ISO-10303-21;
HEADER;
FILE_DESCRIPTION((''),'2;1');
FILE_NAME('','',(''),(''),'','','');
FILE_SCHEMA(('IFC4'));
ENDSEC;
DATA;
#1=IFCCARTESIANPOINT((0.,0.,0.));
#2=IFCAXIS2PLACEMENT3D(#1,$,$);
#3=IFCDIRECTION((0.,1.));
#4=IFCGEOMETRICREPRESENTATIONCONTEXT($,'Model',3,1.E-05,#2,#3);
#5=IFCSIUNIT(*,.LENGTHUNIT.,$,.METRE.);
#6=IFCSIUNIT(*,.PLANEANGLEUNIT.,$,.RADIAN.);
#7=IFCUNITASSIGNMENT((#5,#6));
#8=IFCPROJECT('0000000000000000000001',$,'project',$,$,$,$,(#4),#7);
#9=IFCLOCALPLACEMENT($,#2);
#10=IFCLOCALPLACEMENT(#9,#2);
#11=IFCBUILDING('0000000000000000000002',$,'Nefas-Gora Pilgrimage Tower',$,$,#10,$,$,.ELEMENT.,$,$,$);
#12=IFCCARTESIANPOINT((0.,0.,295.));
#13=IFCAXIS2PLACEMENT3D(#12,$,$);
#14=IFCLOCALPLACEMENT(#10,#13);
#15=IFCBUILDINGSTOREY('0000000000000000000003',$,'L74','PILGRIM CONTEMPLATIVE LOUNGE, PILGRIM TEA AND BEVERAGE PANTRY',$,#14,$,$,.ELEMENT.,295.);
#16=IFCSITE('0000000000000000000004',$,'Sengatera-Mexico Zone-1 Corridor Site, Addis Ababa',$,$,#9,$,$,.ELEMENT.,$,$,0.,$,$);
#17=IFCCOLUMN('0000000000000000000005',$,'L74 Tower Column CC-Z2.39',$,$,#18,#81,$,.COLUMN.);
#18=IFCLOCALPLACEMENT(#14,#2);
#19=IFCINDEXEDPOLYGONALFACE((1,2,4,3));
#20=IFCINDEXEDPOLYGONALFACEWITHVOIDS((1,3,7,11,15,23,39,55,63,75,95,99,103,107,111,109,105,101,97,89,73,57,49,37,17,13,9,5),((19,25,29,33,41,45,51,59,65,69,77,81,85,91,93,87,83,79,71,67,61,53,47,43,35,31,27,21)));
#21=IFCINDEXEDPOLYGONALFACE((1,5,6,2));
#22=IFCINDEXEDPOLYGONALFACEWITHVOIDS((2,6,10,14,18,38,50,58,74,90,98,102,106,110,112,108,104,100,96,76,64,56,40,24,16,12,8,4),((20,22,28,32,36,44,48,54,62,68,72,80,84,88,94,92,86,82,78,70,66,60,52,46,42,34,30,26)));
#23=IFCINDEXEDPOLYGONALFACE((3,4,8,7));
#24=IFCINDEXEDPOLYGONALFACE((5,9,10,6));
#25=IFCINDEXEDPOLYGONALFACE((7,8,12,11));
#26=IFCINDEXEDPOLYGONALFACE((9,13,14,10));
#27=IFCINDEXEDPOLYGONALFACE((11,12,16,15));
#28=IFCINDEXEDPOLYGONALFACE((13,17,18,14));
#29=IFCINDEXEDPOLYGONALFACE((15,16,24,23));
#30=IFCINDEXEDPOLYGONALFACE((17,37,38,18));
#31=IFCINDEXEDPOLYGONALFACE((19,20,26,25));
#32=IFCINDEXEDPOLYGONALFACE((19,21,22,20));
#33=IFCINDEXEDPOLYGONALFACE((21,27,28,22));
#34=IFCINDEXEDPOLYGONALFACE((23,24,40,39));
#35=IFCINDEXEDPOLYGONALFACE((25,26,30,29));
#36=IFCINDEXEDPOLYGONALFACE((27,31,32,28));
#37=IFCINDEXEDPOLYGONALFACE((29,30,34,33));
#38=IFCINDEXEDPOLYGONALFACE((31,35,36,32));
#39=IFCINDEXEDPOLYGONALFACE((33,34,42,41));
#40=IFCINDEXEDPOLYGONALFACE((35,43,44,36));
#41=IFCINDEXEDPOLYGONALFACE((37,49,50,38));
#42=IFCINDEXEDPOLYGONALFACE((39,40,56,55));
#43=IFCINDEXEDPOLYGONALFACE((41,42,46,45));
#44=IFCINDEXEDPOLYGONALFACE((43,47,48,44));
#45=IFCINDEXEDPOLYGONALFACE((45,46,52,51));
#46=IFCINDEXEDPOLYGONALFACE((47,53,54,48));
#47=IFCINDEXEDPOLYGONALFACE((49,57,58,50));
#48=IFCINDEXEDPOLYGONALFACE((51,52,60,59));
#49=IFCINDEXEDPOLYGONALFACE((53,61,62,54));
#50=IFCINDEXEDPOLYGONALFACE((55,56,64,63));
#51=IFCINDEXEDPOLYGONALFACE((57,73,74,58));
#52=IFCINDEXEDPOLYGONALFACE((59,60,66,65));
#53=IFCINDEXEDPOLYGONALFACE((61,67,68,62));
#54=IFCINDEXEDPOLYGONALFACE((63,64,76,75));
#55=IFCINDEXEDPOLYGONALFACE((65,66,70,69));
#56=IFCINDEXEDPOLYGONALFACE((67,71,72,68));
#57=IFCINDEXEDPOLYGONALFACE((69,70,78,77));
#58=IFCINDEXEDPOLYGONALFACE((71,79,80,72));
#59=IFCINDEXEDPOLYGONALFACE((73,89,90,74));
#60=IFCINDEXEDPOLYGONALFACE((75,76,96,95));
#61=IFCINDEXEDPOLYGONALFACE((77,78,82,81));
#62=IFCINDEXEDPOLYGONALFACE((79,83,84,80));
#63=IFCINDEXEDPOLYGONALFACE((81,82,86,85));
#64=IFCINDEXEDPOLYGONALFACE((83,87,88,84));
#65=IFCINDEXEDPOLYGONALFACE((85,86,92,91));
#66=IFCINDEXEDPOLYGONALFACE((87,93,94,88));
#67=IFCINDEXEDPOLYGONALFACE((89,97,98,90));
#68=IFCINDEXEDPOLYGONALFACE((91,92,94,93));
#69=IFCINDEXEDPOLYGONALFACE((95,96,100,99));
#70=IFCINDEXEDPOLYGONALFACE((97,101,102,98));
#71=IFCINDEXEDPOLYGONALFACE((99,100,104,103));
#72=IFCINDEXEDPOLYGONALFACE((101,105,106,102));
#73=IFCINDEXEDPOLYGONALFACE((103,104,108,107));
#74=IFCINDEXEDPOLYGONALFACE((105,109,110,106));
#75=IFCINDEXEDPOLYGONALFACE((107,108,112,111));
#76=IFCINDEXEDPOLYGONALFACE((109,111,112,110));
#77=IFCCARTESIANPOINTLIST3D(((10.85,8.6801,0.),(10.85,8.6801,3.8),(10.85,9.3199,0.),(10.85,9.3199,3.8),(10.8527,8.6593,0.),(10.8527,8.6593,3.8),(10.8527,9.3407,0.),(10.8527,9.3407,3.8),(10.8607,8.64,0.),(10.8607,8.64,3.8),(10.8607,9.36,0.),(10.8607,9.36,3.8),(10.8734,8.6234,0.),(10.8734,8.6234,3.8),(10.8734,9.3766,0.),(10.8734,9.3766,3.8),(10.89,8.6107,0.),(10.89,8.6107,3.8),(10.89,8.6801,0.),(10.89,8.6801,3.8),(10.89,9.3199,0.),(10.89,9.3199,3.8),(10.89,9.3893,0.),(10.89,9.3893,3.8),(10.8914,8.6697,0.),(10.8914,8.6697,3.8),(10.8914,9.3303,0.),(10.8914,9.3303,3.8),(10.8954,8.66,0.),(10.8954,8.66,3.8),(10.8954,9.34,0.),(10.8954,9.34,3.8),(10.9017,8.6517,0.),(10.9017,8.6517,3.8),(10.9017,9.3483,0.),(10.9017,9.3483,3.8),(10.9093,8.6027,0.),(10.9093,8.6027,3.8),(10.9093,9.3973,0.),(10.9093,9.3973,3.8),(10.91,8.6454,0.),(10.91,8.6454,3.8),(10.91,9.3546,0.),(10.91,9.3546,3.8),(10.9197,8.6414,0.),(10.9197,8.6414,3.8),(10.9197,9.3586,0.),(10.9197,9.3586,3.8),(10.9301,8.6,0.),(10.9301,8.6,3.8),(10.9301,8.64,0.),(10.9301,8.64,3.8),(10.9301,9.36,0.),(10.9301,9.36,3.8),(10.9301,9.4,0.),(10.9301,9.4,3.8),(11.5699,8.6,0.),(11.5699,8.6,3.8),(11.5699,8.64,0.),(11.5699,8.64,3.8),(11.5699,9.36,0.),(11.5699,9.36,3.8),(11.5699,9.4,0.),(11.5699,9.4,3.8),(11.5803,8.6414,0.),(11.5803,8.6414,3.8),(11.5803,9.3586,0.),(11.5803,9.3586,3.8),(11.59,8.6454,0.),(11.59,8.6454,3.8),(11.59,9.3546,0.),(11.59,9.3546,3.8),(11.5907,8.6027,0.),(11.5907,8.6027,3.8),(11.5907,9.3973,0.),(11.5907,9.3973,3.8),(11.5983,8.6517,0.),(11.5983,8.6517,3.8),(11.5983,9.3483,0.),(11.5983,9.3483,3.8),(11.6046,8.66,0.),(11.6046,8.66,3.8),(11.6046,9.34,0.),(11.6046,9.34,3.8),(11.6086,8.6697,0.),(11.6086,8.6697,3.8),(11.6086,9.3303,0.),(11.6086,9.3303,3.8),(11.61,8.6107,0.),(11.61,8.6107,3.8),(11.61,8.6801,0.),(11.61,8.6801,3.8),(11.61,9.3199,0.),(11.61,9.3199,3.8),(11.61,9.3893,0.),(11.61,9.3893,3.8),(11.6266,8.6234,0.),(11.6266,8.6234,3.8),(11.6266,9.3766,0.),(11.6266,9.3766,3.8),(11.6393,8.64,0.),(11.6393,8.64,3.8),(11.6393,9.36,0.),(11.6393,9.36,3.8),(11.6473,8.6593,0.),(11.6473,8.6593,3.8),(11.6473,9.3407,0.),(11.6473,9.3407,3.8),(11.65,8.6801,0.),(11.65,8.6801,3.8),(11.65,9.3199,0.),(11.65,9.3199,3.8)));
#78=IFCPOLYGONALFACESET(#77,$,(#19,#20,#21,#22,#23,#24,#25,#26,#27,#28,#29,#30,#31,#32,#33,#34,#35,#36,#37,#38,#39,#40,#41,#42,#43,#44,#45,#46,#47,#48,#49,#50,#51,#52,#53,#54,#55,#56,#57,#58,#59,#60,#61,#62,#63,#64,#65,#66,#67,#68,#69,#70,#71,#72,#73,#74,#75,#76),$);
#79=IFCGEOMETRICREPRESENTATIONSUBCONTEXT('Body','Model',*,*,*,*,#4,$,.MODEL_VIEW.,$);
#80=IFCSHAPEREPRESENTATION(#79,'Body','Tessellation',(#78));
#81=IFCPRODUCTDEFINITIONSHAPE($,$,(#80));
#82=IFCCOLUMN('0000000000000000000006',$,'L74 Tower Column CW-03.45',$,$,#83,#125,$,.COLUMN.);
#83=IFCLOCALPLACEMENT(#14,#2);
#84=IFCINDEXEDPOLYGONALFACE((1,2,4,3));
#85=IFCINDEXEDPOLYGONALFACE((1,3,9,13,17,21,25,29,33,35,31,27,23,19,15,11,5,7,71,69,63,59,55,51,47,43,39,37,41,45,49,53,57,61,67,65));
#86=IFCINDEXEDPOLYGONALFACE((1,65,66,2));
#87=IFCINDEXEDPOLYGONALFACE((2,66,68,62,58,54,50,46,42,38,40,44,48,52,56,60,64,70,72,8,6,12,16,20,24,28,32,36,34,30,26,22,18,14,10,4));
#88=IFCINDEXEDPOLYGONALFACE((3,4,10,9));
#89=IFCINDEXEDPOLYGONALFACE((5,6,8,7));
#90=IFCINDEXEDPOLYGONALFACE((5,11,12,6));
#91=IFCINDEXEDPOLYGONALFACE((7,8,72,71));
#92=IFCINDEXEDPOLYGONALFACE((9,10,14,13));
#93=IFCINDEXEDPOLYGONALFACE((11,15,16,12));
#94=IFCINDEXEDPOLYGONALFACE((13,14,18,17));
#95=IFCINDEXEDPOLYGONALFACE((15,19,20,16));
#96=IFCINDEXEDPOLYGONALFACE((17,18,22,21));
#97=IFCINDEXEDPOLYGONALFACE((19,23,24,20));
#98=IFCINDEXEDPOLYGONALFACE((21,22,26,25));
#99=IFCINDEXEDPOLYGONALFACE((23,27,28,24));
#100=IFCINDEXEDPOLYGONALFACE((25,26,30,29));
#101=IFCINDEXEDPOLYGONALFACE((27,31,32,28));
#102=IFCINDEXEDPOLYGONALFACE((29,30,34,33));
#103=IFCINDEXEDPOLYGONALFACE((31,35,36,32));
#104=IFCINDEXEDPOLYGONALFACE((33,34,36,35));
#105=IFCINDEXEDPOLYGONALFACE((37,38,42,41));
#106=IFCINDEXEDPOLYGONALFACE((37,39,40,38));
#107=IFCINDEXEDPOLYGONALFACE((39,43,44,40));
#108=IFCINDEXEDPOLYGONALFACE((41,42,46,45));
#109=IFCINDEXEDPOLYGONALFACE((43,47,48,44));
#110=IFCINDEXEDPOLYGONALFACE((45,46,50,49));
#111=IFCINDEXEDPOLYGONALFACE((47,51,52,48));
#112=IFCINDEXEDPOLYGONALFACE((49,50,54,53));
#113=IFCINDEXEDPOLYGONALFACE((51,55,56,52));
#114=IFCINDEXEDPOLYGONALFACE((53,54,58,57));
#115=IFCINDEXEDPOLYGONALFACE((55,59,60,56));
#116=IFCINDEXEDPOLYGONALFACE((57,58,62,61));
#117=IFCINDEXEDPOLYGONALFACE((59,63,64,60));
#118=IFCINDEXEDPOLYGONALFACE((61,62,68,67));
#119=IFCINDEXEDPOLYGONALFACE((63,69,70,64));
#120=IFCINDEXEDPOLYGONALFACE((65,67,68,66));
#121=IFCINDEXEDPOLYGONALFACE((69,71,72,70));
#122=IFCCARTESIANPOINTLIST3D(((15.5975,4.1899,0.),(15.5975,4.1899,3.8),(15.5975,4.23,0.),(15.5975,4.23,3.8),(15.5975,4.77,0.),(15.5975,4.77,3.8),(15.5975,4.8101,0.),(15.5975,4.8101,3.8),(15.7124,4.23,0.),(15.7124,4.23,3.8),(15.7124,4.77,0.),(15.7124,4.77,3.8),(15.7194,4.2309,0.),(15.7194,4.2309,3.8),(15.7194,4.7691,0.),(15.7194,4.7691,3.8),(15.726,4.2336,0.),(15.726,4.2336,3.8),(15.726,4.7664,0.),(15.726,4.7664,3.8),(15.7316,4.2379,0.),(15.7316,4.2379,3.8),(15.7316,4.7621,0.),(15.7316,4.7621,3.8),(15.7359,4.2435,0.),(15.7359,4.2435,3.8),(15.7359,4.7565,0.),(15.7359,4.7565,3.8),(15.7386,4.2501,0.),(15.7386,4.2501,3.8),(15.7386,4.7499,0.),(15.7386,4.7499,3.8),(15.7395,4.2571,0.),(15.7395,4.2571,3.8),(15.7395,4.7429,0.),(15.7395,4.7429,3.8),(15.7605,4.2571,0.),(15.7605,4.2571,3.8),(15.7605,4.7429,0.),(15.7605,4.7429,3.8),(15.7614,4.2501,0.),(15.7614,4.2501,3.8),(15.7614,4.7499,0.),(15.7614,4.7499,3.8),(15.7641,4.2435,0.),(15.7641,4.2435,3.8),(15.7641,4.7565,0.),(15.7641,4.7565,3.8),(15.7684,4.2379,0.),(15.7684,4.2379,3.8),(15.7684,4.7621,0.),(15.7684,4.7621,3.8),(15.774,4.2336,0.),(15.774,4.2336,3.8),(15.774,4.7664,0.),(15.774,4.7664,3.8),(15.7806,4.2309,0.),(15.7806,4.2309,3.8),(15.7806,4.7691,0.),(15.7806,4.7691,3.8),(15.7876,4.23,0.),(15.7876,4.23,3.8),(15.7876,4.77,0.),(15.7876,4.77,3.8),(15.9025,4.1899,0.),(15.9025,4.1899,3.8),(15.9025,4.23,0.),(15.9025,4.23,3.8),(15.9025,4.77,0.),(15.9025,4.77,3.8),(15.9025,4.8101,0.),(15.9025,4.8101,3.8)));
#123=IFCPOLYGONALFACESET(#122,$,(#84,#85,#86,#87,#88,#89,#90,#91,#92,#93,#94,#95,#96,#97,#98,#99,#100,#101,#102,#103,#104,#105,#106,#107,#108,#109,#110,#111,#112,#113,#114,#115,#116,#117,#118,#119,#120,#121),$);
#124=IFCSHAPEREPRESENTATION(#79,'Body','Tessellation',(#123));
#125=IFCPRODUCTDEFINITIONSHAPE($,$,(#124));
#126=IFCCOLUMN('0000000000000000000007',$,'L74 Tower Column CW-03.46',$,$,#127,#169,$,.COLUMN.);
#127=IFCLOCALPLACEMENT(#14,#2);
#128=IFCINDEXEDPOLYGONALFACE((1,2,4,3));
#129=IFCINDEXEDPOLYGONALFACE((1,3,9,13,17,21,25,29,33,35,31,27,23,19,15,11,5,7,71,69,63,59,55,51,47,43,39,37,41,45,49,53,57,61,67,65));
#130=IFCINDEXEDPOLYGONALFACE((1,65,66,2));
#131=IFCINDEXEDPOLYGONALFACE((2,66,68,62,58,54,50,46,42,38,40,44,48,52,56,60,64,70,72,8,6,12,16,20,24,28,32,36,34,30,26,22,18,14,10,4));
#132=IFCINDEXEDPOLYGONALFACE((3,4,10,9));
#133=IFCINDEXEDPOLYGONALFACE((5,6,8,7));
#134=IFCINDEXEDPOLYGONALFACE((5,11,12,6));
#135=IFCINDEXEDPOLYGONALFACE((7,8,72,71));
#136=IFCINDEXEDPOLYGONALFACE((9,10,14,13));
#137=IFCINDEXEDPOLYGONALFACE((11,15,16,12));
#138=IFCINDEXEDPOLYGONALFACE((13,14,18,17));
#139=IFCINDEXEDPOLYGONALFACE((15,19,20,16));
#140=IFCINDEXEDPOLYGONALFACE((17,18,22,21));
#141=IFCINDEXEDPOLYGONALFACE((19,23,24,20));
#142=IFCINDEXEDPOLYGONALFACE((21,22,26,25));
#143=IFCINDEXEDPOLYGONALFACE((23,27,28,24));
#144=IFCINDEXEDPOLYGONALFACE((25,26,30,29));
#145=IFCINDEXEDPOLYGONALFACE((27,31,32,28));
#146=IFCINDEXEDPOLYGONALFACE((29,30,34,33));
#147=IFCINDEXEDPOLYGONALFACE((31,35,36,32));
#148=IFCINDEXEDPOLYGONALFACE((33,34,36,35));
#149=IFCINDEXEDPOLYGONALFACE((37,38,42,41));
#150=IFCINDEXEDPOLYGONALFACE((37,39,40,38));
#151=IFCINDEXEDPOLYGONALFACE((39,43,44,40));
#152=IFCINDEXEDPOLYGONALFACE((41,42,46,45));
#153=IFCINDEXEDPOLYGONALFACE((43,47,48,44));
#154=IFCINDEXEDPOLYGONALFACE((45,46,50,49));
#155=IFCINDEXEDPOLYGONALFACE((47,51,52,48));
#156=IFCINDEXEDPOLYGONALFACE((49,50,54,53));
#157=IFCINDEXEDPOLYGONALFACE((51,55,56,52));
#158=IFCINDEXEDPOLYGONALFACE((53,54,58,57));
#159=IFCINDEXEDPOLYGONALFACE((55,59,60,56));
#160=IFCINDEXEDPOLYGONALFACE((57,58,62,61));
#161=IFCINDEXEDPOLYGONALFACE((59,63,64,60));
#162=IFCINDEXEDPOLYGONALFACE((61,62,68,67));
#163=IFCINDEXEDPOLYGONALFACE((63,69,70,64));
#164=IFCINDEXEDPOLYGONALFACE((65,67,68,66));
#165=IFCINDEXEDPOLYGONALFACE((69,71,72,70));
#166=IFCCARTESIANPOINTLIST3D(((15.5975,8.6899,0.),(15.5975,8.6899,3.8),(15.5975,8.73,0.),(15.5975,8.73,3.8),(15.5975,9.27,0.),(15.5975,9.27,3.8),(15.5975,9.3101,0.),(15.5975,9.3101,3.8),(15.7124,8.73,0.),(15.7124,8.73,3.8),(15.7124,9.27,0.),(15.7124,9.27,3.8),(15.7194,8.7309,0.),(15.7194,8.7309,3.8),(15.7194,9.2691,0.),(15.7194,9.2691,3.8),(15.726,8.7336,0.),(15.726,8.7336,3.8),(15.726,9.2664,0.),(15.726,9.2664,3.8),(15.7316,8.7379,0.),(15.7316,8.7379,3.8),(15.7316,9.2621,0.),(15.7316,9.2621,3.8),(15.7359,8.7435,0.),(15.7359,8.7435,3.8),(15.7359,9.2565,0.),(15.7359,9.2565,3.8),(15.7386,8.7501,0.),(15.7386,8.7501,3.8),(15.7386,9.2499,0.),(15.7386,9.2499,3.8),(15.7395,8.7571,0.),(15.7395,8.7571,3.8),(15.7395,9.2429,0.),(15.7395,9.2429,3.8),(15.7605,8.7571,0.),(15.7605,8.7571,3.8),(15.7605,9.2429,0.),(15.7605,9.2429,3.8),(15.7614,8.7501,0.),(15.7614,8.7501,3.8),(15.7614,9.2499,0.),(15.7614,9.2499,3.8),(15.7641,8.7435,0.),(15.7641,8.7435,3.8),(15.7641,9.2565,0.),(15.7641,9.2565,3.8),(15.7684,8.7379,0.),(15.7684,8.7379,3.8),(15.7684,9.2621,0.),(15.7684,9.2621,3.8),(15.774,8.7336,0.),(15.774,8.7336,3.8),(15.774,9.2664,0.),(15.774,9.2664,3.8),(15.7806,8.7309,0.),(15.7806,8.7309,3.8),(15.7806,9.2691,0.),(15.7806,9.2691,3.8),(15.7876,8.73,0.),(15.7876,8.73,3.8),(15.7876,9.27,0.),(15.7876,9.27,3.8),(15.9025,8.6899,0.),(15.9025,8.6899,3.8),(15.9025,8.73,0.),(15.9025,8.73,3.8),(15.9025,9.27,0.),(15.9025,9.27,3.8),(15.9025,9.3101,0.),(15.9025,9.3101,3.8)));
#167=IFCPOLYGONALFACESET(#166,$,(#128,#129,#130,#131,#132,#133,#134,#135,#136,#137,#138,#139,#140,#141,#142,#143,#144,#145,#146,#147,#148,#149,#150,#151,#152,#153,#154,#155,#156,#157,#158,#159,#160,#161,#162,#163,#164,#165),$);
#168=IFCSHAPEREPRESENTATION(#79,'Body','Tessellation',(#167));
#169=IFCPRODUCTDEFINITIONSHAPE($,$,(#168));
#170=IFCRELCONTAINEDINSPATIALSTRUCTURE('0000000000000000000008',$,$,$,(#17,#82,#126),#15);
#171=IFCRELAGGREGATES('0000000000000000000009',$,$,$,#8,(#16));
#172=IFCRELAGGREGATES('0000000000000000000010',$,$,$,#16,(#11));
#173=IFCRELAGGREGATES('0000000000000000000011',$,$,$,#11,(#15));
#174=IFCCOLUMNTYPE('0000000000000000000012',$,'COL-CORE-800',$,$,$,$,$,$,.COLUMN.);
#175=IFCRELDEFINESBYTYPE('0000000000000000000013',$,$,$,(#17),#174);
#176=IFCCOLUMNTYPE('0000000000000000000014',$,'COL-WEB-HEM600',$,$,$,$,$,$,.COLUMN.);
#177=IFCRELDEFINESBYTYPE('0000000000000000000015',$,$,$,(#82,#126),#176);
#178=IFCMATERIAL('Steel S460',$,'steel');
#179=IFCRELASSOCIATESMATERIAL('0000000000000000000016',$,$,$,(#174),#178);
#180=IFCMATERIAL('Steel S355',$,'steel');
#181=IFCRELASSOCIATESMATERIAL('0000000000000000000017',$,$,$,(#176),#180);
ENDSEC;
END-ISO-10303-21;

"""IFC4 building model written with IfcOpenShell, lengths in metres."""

from ifc_helpers import new_model, si_unit, direction, frame, origin, origin_2d, place, context, subcontext, project, spatial, hollow_rectangle, i_section, extrude, source, transform, mapped, material, material_profile, profile_set, type_object, element, save


model = new_model("IFC4")

# Units and contexts
model_context = context("Model", 3, precision=1e-05, world=origin(), true_north=direction((0.0, 1.0)))
body_context = subcontext(model_context, "Body", "Model", "MODEL_VIEW")
ifc_project = project(units=[si_unit("LENGTHUNIT", "METRE"), si_unit("PLANEANGLEUNIT", "RADIAN")], contexts=[model_context])

# Site, building, storey
site_placement = place(None, origin())
site = spatial("IfcSite", under=ifc_project, at=site_placement, Name="Sengatera-Mexico Zone-1 Corridor Site, Addis Ababa", CompositionType="ELEMENT", RefElevation=0.0)
building_placement = place(site_placement, origin())
building = spatial("IfcBuilding", under=site, at=building_placement, Name="Nefas-Gora Pilgrimage Tower", CompositionType="ELEMENT")
storey_placement = place(building_placement, frame((0.0, 0.0, 295.0)))
storey = spatial("IfcBuildingStorey", under=building, at=storey_placement, Name="L74", Description="PILGRIM CONTEMPLATIVE LOUNGE, PILGRIM TEA AND BEVERAGE PANTRY", CompositionType="ELEMENT", Elevation=295.0)

# Columns
ifc_material_1 = material(Name="Steel S460", Category="steel")
ifc_material_profile_1 = material_profile(ifc_material_1, hollow_rectangle(XDim=0.8, YDim=0.8, WallThickness=0.04, InnerFilletRadius=0.04, OuterFilletRadius=0.0801, at=origin_2d()), Name="BOX 800x800x40")
ifc_profile_set_1 = profile_set([ifc_material_profile_1], Name="Steel S460")
column_type_1 = type_object("IfcColumnType", Name="COL-CORE-800", PredefinedType="COLUMN", material=ifc_profile_set_1)
shared_shape_1 = source(origin(), body_context, "Body", "SweptSolid", [
    extrude(hollow_rectangle(XDim=0.8, YDim=0.8, WallThickness=0.04, InnerFilletRadius=0.04, OuterFilletRadius=0.0801, at=origin_2d()), origin(), (0.0, 0.0, 1.0), 3.8),
])
column_placement = place(storey_placement, frame((11.25, 9.0, 0.0), z_axis=(0.0, 0.0, 1.0), x_axis=(1.0, 0.0, 0.0)))
element("IfcColumn", 1, at=column_placement, inside=storey, type_object=column_type_1, Name="L74 Tower Column CC-Z2.39", PredefinedType="COLUMN", context=body_context, shape_type="MappedRepresentation", body=[
    mapped(shared_shape_1, transform((0.0, 0.0, 0.0), x_axis=(1.0, 0.0, 0.0), y_axis=(0.0, 1.0, 0.0), z_axis=(0.0, 0.0, 1.0), scale=1.0)),
])
ifc_material_2 = material(Name="Steel S355", Category="steel")
ifc_material_profile_2 = material_profile(ifc_material_2, i_section(OverallWidth=0.3049, OverallDepth=0.6201, WebThickness=0.021, FlangeThickness=0.04, FilletRadius=0.0271, at=origin_2d()), Name="HEM 600")
ifc_profile_set_2 = profile_set([ifc_material_profile_2], Name="Steel S355")
column_type_2 = type_object("IfcColumnType", Name="COL-WEB-HEM600", PredefinedType="COLUMN", material=ifc_profile_set_2)
shared_shape_2 = source(origin(), body_context, "Body", "SweptSolid", [
    extrude(i_section(OverallWidth=0.3049, OverallDepth=0.6201, WebThickness=0.021, FlangeThickness=0.04, FilletRadius=0.0271, at=origin_2d()), origin(), (0.0, 0.0, 1.0), 3.8),
])
for number, where, z_axis, x_axis, name in (
    (2, (15.75, 4.5, 0.0), (0.0, 0.0, 1.0), (1.0, 0.0, 0.0), "L74 Tower Column CW-03.45"),
    (3, (15.75, 9.0, 0.0), (0.0, 0.0, 1.0), (1.0, 0.0, 0.0), "L74 Tower Column CW-03.46"),
):
    element("IfcColumn", number, at=place(storey_placement, frame(where, z_axis=z_axis, x_axis=x_axis)), inside=storey, type_object=column_type_2, Name=name, PredefinedType="COLUMN", context=body_context, shape_type="MappedRepresentation", body=[
        mapped(shared_shape_2, transform((0.0, 0.0, 0.0), x_axis=(1.0, 0.0, 0.0), y_axis=(0.0, 1.0, 0.0), z_axis=(0.0, 0.0, 1.0), scale=1.0)),
    ])

save(model, "model.ifc")
